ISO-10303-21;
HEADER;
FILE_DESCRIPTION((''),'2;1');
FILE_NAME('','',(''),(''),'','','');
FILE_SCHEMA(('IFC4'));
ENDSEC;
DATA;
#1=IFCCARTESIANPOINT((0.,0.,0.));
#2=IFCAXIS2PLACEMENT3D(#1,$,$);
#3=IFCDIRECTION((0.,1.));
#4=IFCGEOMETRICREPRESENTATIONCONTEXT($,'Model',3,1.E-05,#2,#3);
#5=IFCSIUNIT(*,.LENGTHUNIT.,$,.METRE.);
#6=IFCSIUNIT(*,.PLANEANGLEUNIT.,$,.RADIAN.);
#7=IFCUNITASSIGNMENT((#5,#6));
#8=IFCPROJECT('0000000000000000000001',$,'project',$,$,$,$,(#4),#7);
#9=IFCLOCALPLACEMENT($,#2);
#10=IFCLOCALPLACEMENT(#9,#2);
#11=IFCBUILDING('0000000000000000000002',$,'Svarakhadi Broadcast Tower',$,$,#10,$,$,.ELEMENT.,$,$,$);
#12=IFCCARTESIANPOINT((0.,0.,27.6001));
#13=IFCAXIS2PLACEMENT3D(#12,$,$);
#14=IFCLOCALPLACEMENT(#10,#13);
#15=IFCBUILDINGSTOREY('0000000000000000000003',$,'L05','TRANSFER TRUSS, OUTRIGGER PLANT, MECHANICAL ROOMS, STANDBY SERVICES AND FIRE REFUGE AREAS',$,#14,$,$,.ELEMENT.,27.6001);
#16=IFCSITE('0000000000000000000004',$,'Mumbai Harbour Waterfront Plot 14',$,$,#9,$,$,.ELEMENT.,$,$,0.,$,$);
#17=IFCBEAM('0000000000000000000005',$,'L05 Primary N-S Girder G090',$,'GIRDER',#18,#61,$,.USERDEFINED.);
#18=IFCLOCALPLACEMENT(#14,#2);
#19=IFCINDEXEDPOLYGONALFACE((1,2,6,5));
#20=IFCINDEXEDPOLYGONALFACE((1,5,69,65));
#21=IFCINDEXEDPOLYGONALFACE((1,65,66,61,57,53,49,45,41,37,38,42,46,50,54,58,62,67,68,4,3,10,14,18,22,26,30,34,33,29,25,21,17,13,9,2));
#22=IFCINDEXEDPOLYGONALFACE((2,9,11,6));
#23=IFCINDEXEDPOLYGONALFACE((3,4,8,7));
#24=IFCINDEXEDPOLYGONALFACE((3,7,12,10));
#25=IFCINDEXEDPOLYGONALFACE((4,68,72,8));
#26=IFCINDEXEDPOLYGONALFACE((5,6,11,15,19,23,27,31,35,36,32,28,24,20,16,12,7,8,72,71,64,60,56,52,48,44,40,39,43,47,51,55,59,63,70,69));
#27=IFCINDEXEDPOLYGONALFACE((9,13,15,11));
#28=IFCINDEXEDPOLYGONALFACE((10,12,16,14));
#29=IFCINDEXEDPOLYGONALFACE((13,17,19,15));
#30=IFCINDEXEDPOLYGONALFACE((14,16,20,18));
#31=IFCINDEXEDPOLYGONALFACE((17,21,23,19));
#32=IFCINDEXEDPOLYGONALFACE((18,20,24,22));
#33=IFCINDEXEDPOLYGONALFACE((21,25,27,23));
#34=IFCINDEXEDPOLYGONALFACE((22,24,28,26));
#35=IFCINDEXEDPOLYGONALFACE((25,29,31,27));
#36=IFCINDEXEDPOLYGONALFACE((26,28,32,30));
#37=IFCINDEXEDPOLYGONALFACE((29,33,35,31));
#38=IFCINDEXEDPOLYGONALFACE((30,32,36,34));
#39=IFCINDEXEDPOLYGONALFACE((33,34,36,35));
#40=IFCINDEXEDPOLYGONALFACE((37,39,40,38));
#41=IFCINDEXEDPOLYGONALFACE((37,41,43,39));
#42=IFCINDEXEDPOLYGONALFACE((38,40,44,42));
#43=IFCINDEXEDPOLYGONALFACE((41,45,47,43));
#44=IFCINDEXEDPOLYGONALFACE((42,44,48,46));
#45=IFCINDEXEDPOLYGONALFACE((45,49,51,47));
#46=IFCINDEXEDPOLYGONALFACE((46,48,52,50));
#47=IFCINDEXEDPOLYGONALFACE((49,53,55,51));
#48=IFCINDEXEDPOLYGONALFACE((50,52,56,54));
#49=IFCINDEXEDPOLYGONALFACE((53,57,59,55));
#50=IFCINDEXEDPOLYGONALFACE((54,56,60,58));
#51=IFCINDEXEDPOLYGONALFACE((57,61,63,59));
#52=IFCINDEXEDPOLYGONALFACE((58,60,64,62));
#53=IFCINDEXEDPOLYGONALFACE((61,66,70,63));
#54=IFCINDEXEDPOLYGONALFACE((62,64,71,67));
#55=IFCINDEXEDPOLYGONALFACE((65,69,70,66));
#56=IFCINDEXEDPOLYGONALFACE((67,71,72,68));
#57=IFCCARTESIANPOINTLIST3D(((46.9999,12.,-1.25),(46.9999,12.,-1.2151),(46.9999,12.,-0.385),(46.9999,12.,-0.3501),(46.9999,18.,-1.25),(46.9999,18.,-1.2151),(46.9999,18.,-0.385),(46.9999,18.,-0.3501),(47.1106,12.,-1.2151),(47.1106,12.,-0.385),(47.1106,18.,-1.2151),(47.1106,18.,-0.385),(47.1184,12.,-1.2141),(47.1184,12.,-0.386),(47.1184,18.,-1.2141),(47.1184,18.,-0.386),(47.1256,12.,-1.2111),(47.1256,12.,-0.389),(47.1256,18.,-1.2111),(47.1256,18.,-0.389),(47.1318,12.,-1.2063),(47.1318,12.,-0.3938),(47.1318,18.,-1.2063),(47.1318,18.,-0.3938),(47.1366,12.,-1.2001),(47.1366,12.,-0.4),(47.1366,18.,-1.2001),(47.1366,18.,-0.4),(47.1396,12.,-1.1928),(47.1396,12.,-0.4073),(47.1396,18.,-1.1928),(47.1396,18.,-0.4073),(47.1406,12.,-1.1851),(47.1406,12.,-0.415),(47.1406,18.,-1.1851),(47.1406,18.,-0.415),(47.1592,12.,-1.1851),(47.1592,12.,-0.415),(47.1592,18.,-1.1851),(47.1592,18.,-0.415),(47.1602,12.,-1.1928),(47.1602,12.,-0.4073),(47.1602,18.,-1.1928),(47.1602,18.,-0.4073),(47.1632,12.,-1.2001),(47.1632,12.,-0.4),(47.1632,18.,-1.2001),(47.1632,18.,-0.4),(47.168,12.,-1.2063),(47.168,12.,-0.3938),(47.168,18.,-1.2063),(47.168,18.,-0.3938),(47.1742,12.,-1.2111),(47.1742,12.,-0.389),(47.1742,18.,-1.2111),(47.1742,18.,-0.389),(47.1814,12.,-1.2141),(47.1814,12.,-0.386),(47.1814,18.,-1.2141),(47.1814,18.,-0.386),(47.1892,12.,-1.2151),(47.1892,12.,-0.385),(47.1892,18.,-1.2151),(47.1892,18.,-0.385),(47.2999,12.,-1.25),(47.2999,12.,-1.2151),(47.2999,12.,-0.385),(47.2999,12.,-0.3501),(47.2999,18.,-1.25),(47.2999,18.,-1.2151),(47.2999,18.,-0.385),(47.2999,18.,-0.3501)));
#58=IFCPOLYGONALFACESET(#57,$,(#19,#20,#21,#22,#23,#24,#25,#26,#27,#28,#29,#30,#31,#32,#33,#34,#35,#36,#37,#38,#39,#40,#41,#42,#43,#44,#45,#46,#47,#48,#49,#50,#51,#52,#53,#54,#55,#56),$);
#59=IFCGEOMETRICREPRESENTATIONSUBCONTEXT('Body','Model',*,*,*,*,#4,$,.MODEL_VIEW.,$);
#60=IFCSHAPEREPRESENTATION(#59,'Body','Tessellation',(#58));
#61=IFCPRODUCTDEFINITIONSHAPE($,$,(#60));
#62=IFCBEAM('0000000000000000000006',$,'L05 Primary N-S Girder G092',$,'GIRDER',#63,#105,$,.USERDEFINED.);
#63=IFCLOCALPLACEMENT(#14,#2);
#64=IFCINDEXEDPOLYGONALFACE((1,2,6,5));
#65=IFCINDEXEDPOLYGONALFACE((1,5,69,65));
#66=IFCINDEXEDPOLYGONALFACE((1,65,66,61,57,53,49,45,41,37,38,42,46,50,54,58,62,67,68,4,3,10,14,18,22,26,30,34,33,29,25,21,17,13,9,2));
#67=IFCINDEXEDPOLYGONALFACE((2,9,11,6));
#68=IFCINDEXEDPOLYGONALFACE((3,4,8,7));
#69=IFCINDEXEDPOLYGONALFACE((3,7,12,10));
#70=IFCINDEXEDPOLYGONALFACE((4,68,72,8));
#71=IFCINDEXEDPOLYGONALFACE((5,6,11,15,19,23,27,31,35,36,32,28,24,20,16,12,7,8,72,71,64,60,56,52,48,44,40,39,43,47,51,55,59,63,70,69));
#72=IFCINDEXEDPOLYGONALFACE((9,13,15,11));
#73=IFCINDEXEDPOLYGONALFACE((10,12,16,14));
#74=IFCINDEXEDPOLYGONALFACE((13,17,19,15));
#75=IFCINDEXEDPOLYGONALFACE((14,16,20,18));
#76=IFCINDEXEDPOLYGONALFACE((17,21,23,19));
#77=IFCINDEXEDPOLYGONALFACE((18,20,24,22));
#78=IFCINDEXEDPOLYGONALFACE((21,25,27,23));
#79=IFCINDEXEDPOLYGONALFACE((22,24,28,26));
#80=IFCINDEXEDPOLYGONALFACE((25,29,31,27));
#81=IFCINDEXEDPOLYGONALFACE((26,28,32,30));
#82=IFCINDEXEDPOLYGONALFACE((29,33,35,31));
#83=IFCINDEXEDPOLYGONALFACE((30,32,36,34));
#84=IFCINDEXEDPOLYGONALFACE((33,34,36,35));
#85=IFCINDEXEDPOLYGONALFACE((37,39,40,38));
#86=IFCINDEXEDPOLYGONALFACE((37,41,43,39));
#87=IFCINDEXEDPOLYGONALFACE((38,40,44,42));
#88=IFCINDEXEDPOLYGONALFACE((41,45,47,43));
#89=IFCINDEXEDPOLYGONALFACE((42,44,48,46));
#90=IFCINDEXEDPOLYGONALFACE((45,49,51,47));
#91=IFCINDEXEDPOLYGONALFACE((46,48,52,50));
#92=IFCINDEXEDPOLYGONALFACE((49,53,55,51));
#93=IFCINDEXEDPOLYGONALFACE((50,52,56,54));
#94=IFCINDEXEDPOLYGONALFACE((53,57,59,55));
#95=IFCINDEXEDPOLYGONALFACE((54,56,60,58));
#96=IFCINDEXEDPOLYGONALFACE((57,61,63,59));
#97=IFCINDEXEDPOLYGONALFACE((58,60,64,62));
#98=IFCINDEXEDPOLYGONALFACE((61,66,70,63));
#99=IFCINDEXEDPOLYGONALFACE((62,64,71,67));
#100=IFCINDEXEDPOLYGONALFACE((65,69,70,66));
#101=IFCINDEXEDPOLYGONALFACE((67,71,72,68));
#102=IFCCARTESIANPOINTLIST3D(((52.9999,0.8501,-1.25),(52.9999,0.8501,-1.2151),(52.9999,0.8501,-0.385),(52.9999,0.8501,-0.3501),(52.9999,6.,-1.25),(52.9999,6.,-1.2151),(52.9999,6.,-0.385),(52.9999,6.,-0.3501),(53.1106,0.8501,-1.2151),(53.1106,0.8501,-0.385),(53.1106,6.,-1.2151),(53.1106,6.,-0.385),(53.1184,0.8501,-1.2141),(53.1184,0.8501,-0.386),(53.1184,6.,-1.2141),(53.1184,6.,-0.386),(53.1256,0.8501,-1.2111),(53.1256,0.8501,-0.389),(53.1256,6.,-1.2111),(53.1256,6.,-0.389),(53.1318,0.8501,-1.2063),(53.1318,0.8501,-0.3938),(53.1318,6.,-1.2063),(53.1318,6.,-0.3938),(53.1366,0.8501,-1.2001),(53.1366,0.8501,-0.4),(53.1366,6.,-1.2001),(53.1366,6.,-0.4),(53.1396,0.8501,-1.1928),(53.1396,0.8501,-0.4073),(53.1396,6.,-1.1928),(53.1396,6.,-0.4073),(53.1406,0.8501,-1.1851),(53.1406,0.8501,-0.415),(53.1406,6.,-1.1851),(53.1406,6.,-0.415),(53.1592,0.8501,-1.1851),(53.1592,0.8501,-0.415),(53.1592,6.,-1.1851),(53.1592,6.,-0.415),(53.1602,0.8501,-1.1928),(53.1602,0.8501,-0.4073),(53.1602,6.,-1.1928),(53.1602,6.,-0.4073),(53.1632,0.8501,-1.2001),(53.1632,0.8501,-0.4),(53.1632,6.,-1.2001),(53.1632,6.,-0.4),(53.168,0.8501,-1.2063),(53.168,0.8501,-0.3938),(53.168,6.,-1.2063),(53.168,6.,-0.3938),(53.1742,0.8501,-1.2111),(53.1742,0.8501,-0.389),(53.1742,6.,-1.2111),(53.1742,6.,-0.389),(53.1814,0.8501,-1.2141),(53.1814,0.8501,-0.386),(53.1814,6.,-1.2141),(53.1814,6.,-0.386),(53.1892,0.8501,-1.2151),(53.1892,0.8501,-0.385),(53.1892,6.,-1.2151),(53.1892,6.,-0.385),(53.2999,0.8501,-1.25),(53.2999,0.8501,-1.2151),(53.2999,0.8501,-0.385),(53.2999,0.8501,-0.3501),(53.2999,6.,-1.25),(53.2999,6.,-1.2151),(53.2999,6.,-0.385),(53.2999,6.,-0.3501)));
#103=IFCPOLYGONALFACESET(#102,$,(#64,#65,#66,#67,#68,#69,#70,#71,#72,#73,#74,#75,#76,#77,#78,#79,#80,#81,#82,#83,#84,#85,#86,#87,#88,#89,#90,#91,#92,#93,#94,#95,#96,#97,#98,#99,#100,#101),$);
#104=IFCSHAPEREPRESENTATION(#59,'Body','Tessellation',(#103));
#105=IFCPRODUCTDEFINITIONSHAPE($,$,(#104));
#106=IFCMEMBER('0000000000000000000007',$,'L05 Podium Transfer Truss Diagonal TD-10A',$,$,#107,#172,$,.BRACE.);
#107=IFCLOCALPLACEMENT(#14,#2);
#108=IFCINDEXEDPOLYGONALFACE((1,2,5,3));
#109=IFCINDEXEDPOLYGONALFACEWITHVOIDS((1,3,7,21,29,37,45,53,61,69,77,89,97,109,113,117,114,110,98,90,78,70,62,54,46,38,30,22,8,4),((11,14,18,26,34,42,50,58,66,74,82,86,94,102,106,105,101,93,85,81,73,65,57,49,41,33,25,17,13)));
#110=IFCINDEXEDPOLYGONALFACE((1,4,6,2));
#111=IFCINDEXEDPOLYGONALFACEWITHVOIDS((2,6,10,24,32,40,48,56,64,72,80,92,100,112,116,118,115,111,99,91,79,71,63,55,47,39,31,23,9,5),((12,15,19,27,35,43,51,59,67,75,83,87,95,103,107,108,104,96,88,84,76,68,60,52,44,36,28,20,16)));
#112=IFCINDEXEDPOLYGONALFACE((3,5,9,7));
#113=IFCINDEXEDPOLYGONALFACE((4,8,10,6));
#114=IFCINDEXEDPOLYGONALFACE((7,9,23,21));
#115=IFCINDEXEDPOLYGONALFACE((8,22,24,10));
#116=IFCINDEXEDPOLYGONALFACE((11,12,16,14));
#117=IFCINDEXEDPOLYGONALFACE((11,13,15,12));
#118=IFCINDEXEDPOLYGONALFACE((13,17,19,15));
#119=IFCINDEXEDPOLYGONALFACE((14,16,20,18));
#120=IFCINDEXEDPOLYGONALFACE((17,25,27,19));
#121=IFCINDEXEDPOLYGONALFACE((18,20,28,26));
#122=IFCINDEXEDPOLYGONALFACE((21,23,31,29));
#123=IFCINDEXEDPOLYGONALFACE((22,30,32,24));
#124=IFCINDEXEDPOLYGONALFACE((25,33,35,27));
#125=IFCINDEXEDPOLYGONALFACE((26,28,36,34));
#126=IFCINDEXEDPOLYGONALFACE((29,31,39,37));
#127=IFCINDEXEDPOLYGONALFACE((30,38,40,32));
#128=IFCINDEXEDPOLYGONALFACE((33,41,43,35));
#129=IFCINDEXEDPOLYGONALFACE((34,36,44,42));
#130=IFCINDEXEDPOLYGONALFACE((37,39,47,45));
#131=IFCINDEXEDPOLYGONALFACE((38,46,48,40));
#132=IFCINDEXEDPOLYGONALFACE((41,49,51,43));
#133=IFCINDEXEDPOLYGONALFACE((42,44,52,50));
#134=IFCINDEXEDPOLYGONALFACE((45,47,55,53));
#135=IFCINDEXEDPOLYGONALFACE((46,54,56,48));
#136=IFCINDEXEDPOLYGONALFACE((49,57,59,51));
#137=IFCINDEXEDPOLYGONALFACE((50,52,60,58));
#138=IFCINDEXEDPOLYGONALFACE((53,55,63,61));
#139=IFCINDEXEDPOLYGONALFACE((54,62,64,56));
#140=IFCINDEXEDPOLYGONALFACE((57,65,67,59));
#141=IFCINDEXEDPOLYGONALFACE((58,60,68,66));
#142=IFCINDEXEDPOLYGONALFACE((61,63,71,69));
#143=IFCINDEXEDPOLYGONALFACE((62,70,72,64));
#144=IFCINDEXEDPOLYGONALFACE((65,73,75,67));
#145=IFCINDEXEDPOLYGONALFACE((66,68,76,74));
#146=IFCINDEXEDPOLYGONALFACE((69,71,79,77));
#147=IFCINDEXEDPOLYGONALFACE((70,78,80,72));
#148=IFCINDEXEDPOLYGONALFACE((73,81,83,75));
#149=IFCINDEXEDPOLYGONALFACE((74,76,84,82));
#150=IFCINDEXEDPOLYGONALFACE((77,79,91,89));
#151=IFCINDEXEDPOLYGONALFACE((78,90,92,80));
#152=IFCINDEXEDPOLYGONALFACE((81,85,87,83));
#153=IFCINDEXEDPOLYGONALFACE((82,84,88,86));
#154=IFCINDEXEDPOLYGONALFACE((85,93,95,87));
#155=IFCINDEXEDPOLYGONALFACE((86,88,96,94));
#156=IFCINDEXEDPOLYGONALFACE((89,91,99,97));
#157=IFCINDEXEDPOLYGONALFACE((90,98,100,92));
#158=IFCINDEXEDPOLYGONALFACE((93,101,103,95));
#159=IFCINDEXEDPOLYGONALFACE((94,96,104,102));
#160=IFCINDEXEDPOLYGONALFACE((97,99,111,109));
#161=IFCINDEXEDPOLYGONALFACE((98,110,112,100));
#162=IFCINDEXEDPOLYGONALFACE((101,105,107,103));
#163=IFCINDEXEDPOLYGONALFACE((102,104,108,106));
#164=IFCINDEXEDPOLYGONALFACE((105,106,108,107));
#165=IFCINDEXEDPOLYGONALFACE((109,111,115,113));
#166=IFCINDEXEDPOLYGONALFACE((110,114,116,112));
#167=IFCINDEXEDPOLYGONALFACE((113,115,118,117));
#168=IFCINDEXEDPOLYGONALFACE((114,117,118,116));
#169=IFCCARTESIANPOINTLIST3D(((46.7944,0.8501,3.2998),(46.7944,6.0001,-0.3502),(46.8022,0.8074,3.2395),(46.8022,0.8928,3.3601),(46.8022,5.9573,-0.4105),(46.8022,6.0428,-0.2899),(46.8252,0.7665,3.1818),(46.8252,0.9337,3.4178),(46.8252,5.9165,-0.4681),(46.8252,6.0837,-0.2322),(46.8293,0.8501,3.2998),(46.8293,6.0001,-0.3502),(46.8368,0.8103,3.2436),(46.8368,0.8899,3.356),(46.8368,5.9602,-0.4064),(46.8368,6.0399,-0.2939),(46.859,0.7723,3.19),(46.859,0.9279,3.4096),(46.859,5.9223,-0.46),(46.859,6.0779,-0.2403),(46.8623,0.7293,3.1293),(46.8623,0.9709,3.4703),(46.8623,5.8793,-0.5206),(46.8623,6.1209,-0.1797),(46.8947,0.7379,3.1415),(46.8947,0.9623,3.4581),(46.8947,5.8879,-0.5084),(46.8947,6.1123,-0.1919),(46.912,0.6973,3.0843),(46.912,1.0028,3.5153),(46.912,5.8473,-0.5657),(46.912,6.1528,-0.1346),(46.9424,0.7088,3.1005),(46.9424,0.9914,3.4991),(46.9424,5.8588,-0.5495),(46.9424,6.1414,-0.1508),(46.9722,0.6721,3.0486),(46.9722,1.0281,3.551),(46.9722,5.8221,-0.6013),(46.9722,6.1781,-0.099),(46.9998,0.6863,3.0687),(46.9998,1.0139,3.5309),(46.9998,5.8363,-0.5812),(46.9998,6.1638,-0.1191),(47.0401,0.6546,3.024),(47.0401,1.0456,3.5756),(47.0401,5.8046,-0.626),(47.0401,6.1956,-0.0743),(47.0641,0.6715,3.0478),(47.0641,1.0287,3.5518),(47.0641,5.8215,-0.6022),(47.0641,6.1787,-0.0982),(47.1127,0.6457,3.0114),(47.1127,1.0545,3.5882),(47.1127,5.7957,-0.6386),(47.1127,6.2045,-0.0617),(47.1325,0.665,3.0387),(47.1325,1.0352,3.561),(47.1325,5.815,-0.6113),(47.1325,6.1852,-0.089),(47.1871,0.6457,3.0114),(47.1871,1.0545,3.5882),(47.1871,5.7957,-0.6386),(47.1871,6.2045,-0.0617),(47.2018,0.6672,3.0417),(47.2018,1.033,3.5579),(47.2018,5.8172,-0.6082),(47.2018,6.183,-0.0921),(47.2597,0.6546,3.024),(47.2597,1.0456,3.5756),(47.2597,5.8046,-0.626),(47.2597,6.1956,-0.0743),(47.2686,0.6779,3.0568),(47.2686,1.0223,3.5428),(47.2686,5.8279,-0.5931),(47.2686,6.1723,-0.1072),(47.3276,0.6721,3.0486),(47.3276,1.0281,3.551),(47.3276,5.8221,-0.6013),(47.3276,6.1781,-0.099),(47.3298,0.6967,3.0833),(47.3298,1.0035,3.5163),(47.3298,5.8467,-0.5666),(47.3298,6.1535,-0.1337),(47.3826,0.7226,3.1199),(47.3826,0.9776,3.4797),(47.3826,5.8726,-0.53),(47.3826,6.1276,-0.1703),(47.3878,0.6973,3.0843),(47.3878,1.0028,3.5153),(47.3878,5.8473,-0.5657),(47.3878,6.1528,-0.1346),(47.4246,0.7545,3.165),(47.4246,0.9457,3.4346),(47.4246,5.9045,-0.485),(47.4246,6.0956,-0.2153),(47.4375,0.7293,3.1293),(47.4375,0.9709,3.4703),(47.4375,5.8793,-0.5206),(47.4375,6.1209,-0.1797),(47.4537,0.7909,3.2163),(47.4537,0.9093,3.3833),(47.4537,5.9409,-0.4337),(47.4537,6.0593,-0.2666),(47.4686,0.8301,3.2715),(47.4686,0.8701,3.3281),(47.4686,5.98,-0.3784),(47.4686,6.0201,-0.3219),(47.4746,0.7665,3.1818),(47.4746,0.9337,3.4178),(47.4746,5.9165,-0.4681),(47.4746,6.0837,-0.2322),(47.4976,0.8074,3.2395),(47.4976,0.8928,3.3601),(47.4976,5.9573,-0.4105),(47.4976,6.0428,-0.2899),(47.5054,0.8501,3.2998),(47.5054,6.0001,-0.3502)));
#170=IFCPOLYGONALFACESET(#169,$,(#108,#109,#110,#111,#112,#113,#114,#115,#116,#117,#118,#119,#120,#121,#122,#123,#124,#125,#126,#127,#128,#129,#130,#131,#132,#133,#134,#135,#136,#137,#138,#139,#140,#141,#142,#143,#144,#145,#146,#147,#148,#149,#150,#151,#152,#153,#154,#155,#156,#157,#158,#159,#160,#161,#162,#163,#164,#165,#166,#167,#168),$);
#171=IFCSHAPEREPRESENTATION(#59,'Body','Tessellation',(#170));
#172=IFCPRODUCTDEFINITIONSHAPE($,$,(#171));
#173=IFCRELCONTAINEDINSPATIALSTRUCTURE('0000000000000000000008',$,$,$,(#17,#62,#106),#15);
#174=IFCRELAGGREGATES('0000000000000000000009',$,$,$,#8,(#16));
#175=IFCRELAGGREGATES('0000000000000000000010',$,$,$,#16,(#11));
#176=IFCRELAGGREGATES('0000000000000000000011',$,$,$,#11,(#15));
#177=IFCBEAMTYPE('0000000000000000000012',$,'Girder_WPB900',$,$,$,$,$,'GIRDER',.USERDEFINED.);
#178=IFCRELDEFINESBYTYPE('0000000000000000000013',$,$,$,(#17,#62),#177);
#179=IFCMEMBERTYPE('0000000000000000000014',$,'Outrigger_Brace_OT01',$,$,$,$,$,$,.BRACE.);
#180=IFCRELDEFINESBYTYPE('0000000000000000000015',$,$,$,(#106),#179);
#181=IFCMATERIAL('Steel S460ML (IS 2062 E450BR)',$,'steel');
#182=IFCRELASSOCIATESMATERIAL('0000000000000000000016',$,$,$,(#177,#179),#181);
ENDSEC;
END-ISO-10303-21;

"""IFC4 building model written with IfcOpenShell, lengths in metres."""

from ifc_helpers import new_model, si_unit, direction, frame, origin, origin_2d, place, context, subcontext, project, spatial, hollow_circle, i_section, extrude, material, material_profile, profile_set, type_object, element, save


model = new_model("IFC4")

# Units and contexts
model_context = context("Model", 3, precision=1e-05, world=origin(), true_north=direction((0.0, 1.0)))
body_context = subcontext(model_context, "Body", "Model", "MODEL_VIEW")
ifc_project = project(units=[si_unit("LENGTHUNIT", "METRE"), si_unit("PLANEANGLEUNIT", "RADIAN")], contexts=[model_context])

# Site, building, storey
site_placement = place(None, origin())
site = spatial("IfcSite", under=ifc_project, at=site_placement, Name="Mumbai Harbour Waterfront Plot 14", CompositionType="ELEMENT", RefElevation=0.0)
building_placement = place(site_placement, origin())
building = spatial("IfcBuilding", under=site, at=building_placement, Name="Svarakhadi Broadcast Tower", CompositionType="ELEMENT")
storey_placement = place(building_placement, frame((0.0, 0.0, 27.6001)))
storey = spatial("IfcBuildingStorey", under=building, at=storey_placement, Name="L05", Description="TRANSFER TRUSS, OUTRIGGER PLANT, MECHANICAL ROOMS, STANDBY SERVICES AND FIRE REFUGE AREAS", CompositionType="ELEMENT", Elevation=27.6001)

# Shared definitions
ifc_material_1 = material(Name="Steel S460ML (IS 2062 E450BR)", Category="steel")

# Beams
ifc_material_profile_1 = material_profile(ifc_material_1, i_section(OverallWidth=0.3, OverallDepth=0.8999, WebThickness=0.0186, FlangeThickness=0.0349, FilletRadius=0.03, at=origin_2d()), Name="WPB 900x300x291")
ifc_profile_set_1 = profile_set([ifc_material_profile_1], Name="Steel S460ML (IS 2062 E450BR)")
beam_type_1 = type_object("IfcBeamType", Name="Girder_WPB900", ElementType="GIRDER", PredefinedType="USERDEFINED", material=ifc_profile_set_1)
for number, where, z_axis, x_axis, name in (
    (1, (47.1499, 12.0, -0.8), (0.0, 1.0, 0.0), (-1.0, 0.0, 0.0), "L05 Primary N-S Girder G090"),
):
    element("IfcBeam", number, at=place(storey_placement, frame(where, z_axis=z_axis, x_axis=x_axis)), inside=storey, type_object=beam_type_1, Name=name, ObjectType="GIRDER", PredefinedType="USERDEFINED", context=body_context, shape_type="SweptSolid", body=[
        extrude(i_section(OverallWidth=0.3, OverallDepth=0.8999, WebThickness=0.0186, FlangeThickness=0.0349, FilletRadius=0.03, at=origin_2d()), origin(), (0.0, 0.0, 1.0), 6.0),
    ])
beam_1_placement = place(storey_placement, frame((53.1499, 0.8501, -0.8), z_axis=(0.0, 1.0, 0.0), x_axis=(-1.0, 0.0, 0.0)))
element("IfcBeam", 2, at=beam_1_placement, inside=storey, type_object=beam_type_1, Name="L05 Primary N-S Girder G092", ObjectType="GIRDER", PredefinedType="USERDEFINED", context=body_context, shape_type="SweptSolid", body=[
    extrude(i_section(OverallWidth=0.3, OverallDepth=0.8999, WebThickness=0.0186, FlangeThickness=0.0349, FilletRadius=0.03, at=origin_2d()), origin(), (0.0, 0.0, 1.0), 5.1499),
])

# Member
ifc_material_profile_2 = material_profile(ifc_material_1, hollow_circle(Radius=0.3555, WallThickness=0.0349, at=origin_2d()), Name="CHS 711x35")
ifc_profile_set_2 = profile_set([ifc_material_profile_2], Name="Steel S460ML (IS 2062 E450BR)")
member_type_1 = type_object("IfcMemberType", Name="Outrigger_Brace_OT01", PredefinedType="BRACE", material=ifc_profile_set_2)
member_1_placement = place(storey_placement, frame((47.1499, 0.8501, 3.2998), z_axis=(0.0, 0.815871, -0.578234), x_axis=(-1.0, 0.0, 0.0)))
element("IfcMember", 3, at=member_1_placement, inside=storey, type_object=member_type_1, Name="L05 Podium Transfer Truss Diagonal TD-10A", PredefinedType="BRACE", context=body_context, shape_type="SweptSolid", body=[
    extrude(hollow_circle(Radius=0.3555, WallThickness=0.0349, at=origin_2d()), origin(), (0.0, 0.0, 1.0), 6.3123),
])

save(model, "model.ifc")
